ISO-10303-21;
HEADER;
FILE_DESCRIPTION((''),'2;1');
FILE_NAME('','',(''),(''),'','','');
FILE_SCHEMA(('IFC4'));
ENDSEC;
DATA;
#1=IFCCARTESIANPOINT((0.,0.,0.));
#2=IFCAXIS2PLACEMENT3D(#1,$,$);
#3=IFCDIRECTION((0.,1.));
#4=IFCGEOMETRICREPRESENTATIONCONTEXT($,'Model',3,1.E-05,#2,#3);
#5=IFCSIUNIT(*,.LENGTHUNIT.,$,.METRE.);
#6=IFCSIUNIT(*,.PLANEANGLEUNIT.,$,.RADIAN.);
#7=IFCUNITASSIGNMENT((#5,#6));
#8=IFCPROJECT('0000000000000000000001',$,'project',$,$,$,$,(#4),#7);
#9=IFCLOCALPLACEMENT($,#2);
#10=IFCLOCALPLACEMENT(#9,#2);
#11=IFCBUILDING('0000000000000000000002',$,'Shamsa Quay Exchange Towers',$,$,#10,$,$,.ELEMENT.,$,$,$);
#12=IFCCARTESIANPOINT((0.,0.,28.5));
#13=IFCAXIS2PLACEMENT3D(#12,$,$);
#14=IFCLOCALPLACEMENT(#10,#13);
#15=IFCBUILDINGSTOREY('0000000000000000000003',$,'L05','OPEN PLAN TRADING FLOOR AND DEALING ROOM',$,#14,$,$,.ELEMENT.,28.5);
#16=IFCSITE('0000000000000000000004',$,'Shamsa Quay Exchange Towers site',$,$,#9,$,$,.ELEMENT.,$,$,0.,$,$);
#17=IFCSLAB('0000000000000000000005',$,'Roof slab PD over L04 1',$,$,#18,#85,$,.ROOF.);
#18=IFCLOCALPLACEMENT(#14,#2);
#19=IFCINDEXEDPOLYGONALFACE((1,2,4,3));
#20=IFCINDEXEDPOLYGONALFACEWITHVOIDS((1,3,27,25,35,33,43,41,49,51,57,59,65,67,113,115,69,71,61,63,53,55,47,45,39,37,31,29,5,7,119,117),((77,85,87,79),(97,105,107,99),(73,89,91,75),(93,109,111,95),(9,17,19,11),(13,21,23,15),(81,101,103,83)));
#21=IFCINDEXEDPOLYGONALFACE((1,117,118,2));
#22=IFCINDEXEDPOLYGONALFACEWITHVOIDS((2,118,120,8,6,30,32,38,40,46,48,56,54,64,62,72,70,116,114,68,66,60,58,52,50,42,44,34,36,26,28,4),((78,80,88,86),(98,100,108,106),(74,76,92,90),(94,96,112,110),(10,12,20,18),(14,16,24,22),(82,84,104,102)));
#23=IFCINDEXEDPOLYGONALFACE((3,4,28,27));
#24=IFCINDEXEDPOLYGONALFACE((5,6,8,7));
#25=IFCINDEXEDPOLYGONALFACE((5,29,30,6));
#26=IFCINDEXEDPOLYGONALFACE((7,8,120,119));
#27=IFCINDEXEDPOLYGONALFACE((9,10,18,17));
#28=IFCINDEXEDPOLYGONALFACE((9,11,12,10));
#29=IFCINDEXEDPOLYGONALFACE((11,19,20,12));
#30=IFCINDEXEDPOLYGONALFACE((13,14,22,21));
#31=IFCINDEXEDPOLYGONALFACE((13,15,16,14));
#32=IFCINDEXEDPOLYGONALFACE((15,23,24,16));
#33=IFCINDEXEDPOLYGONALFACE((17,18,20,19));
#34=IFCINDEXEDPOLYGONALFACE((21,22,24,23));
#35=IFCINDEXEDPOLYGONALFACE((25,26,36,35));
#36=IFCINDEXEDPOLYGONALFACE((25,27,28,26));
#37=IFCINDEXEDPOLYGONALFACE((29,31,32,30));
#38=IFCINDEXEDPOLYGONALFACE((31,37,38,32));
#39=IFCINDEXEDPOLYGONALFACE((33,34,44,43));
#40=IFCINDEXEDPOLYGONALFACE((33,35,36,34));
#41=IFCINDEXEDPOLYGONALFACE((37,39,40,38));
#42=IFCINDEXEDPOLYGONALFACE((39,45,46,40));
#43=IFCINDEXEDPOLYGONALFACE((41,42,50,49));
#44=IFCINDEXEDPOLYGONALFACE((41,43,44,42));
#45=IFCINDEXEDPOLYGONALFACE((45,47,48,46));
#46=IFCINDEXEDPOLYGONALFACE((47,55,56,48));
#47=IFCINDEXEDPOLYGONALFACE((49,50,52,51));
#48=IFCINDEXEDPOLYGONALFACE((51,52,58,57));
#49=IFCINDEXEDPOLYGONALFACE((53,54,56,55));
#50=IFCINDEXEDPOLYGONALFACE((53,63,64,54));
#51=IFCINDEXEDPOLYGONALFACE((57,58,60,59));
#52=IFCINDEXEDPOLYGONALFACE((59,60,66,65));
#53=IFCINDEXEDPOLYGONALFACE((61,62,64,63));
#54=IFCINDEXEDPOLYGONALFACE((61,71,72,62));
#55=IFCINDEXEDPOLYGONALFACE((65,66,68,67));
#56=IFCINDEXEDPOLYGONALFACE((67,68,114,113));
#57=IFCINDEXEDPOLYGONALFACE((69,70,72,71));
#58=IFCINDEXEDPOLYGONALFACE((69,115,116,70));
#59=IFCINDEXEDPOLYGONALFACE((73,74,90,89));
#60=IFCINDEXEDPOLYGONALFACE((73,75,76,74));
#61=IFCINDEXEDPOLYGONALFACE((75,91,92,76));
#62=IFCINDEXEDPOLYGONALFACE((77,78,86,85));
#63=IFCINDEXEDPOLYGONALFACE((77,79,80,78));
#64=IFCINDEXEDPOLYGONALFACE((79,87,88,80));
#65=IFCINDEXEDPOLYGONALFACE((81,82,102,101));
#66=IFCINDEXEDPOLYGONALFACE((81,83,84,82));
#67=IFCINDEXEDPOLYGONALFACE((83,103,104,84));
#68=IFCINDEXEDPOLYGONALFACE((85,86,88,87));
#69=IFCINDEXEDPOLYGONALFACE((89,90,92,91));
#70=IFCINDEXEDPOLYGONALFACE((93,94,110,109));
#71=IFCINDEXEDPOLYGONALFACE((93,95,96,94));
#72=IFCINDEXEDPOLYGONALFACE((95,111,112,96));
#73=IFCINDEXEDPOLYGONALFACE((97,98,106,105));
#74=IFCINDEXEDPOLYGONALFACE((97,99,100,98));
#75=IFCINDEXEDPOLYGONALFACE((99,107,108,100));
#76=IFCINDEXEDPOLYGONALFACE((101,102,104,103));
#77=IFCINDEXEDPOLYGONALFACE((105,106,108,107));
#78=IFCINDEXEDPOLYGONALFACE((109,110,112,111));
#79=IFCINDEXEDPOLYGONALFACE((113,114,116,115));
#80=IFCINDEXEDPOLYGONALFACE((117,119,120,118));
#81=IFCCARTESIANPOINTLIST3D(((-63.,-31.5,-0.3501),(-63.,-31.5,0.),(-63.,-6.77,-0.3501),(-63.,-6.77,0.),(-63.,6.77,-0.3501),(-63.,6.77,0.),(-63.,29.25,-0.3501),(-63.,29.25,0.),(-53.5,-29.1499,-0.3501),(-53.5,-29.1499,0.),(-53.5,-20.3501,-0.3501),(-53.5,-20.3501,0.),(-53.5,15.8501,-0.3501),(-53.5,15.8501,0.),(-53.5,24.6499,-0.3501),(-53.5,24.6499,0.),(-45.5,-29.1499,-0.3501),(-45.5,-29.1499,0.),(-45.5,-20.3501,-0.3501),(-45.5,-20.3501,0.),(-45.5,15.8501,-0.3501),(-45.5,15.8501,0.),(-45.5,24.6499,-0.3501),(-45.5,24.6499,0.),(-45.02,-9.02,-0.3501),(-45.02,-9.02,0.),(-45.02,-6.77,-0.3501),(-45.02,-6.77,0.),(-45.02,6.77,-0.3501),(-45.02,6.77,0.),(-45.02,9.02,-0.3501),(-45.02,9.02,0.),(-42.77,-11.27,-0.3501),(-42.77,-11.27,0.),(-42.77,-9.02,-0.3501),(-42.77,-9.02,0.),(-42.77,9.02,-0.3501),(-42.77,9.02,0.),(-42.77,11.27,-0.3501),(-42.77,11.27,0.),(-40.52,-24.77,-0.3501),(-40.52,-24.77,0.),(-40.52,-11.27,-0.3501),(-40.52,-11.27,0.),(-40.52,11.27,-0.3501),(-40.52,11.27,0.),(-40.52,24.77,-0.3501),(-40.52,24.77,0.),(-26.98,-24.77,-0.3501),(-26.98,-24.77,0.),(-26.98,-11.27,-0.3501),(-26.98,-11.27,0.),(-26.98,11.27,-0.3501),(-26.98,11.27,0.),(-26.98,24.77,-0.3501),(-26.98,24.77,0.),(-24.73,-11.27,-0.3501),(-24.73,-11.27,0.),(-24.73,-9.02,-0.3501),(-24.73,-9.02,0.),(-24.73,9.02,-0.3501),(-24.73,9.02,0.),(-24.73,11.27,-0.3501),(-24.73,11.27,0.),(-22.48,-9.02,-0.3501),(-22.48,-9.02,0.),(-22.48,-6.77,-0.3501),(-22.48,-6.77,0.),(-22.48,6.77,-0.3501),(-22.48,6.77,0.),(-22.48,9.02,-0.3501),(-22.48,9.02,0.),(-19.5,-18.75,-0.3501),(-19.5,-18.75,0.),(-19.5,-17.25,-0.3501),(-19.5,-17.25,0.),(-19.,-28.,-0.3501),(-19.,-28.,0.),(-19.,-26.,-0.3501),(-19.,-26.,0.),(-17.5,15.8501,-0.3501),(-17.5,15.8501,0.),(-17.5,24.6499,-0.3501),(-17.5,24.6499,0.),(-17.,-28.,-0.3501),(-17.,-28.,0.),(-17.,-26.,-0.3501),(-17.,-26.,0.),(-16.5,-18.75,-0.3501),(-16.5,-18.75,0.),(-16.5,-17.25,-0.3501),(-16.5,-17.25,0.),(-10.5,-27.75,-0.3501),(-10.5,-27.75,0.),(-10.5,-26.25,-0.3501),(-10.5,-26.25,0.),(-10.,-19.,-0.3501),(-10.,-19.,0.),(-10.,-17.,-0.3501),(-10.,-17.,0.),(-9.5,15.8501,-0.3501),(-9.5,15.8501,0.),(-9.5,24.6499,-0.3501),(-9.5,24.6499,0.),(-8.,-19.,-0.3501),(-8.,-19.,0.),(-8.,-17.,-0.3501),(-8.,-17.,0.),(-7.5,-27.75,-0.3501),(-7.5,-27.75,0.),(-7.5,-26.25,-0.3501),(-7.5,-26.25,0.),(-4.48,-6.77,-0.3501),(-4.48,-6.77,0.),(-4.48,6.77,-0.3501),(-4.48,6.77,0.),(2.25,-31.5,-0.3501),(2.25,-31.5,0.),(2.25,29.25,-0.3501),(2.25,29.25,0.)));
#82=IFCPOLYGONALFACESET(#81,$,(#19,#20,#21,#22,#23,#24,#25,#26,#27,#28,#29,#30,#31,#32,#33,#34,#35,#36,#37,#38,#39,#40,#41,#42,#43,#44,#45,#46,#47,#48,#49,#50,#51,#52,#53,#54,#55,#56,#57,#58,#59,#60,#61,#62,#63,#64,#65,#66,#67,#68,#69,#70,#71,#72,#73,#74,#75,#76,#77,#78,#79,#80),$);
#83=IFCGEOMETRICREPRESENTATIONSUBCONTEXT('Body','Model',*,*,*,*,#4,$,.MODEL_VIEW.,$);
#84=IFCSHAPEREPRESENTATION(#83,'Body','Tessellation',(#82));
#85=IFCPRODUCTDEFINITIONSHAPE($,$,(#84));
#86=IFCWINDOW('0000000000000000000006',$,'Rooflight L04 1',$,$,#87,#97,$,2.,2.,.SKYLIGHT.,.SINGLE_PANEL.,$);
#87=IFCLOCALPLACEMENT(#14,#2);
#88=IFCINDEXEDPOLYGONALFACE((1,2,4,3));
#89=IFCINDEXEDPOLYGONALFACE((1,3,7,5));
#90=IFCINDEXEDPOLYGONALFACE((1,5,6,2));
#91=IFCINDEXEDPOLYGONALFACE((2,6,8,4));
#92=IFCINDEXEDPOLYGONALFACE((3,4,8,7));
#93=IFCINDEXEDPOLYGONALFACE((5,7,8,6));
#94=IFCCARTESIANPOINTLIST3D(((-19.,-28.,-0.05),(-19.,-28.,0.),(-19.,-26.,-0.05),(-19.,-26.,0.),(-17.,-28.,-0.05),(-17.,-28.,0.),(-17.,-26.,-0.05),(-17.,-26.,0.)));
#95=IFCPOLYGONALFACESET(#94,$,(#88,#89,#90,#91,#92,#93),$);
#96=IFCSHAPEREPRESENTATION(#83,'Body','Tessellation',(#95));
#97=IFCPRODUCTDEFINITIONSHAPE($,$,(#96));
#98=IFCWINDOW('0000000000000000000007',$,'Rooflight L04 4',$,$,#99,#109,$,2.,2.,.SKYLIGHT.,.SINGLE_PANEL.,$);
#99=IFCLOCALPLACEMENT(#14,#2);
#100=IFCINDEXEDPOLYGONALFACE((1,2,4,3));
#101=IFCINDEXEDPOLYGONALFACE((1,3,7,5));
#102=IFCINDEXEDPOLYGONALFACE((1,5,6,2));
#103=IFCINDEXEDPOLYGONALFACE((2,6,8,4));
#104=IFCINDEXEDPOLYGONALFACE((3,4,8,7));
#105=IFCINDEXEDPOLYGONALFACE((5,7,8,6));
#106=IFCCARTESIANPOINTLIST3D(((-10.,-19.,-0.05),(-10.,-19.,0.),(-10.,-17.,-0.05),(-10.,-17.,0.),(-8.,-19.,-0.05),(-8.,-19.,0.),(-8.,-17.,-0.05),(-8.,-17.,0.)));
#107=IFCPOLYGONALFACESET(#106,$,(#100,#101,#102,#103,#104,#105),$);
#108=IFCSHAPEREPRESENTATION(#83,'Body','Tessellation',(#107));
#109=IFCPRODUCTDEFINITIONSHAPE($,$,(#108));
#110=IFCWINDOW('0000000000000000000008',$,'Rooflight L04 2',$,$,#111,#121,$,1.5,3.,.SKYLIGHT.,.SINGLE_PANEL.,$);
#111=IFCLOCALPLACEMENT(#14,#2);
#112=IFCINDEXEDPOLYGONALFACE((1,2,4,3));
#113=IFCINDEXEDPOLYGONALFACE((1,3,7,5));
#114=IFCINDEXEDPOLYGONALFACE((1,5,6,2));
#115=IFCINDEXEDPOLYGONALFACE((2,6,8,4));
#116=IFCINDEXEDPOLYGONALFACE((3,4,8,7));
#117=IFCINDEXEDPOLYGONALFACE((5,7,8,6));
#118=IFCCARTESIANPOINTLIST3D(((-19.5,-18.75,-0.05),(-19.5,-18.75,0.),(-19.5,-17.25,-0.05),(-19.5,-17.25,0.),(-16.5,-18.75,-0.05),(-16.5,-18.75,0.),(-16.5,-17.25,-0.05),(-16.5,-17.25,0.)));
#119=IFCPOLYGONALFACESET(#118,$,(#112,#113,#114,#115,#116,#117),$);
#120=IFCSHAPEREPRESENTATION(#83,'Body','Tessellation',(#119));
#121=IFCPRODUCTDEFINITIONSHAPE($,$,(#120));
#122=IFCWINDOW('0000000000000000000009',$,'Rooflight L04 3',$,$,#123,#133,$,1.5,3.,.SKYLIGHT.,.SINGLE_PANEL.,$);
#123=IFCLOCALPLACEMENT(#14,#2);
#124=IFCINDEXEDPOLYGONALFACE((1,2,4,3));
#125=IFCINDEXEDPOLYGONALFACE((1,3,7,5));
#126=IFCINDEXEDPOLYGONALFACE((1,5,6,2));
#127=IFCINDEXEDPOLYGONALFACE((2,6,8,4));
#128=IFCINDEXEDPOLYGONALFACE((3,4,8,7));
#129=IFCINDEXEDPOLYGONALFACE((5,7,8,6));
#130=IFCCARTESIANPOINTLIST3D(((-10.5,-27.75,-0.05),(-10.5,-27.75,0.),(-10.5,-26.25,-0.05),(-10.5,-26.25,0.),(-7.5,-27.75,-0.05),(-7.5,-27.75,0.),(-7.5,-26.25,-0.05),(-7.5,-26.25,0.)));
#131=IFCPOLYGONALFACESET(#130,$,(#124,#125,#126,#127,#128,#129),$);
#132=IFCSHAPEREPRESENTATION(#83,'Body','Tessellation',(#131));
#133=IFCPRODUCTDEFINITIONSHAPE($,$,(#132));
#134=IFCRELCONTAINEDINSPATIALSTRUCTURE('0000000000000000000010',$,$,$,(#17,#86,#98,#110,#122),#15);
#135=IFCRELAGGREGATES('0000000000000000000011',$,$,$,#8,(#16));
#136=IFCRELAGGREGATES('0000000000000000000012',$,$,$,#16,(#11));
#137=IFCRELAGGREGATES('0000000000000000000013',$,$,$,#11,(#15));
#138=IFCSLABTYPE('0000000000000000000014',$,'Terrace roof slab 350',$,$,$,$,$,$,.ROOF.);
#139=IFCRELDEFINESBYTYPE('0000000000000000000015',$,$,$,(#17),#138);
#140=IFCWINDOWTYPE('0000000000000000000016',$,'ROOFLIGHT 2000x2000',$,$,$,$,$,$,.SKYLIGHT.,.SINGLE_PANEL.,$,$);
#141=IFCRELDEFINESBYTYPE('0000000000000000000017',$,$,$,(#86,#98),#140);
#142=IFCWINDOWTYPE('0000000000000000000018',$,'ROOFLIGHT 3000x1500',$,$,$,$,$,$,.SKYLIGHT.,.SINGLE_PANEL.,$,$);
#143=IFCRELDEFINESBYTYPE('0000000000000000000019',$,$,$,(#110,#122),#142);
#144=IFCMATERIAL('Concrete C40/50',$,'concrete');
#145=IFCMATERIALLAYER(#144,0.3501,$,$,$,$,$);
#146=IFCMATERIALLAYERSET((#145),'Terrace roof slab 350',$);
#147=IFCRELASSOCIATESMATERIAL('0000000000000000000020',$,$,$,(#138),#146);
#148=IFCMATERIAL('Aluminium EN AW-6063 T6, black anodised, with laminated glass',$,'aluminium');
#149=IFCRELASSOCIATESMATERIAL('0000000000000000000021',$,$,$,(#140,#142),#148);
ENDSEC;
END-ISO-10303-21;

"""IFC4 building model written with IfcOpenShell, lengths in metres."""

from ifc_helpers import new_model, si_unit, direction, frame, origin, origin_2d, place, context, subcontext, project, spatial, polyline, rectangle, outline, extrude, material, layer, layer_set, type_object, element, fill, save


model = new_model("IFC4")

# Units and contexts
model_context = context("Model", 3, precision=1e-05, world=origin(), true_north=direction((0.0, 1.0)))
body_context = subcontext(model_context, "Body", "Model", "MODEL_VIEW")
ifc_project = project(units=[si_unit("LENGTHUNIT", "METRE"), si_unit("PLANEANGLEUNIT", "RADIAN")], contexts=[model_context])

# Site, building, storey
site_placement = place(None, origin())
site = spatial("IfcSite", under=ifc_project, at=site_placement, Name="Shamsa Quay Exchange Towers site", CompositionType="ELEMENT", RefElevation=0.0)
building_placement = place(site_placement, origin())
building = spatial("IfcBuilding", under=site, at=building_placement, Name="Shamsa Quay Exchange Towers", CompositionType="ELEMENT")
storey_placement = place(building_placement, frame((0.0, 0.0, 28.5)))
storey = spatial("IfcBuildingStorey", under=building, at=storey_placement, Name="L05", Description="OPEN PLAN TRADING FLOOR AND DEALING ROOM", CompositionType="ELEMENT", Elevation=28.5)

# Shared definitions
ifc_material_1 = material(Name="Concrete C40/50", Category="concrete")

# Slab, openings, windows
ifc_layer_1 = layer(ifc_material_1, 0.3501)
ifc_layer_set_1 = layer_set([ifc_layer_1], Name="Terrace roof slab 350")
slab_type_1 = type_object("IfcSlabType", Name="Terrace roof slab 350", PredefinedType="ROOF", material=ifc_layer_set_1)
slab_1_placement = place(storey_placement, frame((0.0, 0.0, -0.3501)))
slab_1 = element("IfcSlab", 1, at=slab_1_placement, inside=storey, type_object=slab_type_1, Name="Roof slab PD over L04 1", PredefinedType="ROOF", context=body_context, shape_type="SweptSolid", body=[
    extrude(outline(polyline([(-63.0, -6.77), (-63.0, -31.5), (2.25, -31.5), (2.25, 29.25), (-63.0, 29.25), (-63.0, 6.77), (-45.02, 6.77), (-45.02, 9.02), (-42.77, 9.02), (-42.77, 11.27), (-40.52, 11.27), (-40.52, 24.77), (-26.98, 24.77), (-26.98, 11.27), (-24.73, 11.27), (-24.73, 9.02), (-22.48, 9.02), (-22.48, 6.77), (-4.48, 6.77), (-4.48, -6.77), (-22.48, -6.77), (-22.48, -9.02), (-24.73, -9.02), (-24.73, -11.27), (-26.98, -11.27), (-26.98, -24.77), (-40.52, -24.77), (-40.52, -11.27), (-42.77, -11.27), (-42.77, -9.02), (-45.02, -9.02), (-45.02, -6.77), (-63.0, -6.77)]), holes=[polyline([(-45.5, -29.1499), (-45.5, -20.3501), (-53.5, -20.3501), (-53.5, -29.1499), (-45.5, -29.1499)]), polyline([(-53.5, 15.8501), (-45.5, 15.8501), (-45.5, 24.6499), (-53.5, 24.6499), (-53.5, 15.8501)]), polyline([(-9.5, 15.8501), (-9.5, 24.6499), (-17.5, 24.6499), (-17.5, 15.8501), (-9.5, 15.8501)])]), origin(), (0.0, 0.0, 1.0), 0.3501),
])
opening_1_placement = place(slab_1_placement, frame((-18.0, -27.0, 0.0)))
opening_1 = element("IfcOpeningElement", 2, at=opening_1_placement, cuts=slab_1, PredefinedType="OPENING", context=body_context, shape_type="SweptSolid", body=[
    extrude(rectangle(XDim=2.0, YDim=2.0, at=origin_2d()), origin(), (0.0, 0.0, 1.0), 0.3501),
])
opening_2_placement = place(slab_1_placement, frame((-18.0, -18.0, 0.0)))
opening_2 = element("IfcOpeningElement", 3, at=opening_2_placement, cuts=slab_1, PredefinedType="OPENING", context=body_context, shape_type="SweptSolid", body=[
    extrude(rectangle(XDim=3.0, YDim=1.5, at=origin_2d()), origin(), (0.0, 0.0, 1.0), 0.3501),
])
opening_3_placement = place(slab_1_placement, frame((-9.0, -27.0, 0.0)))
opening_3 = element("IfcOpeningElement", 4, at=opening_3_placement, cuts=slab_1, PredefinedType="OPENING", context=body_context, shape_type="SweptSolid", body=[
    extrude(rectangle(XDim=3.0, YDim=1.5, at=origin_2d()), origin(), (0.0, 0.0, 1.0), 0.3501),
])
opening_4_placement = place(slab_1_placement, frame((-9.0, -18.0, 0.0)))
opening_4 = element("IfcOpeningElement", 5, at=opening_4_placement, cuts=slab_1, PredefinedType="OPENING", context=body_context, shape_type="SweptSolid", body=[
    extrude(rectangle(XDim=2.0, YDim=2.0, at=origin_2d()), origin(), (0.0, 0.0, 1.0), 0.3501),
])
ifc_material_2 = material(Name="Aluminium EN AW-6063 T6, black anodised, with laminated glass", Category="aluminium")
window_type_1 = type_object("IfcWindowType", Name="ROOFLIGHT 2000x2000", PartitioningType="SINGLE_PANEL", PredefinedType="SKYLIGHT", material=ifc_material_2)
window_1_placement = place(opening_1_placement, frame((0.0, 0.0, 0.3)))
window_1 = element("IfcWindow", 6, at=window_1_placement, inside=storey, type_object=window_type_1, Name="Rooflight L04 1", OverallHeight=2.0, OverallWidth=2.0, PartitioningType="SINGLE_PANEL", PredefinedType="SKYLIGHT", context=body_context, shape_type="SweptSolid", body=[
    extrude(rectangle(XDim=2.0, YDim=2.0, at=origin_2d()), origin(), (0.0, 0.0, 1.0), 0.05),
])
fill(opening_1, window_1)
window_2_placement = place(opening_4_placement, frame((0.0, 0.0, 0.3)))
window_2 = element("IfcWindow", 7, at=window_2_placement, inside=storey, type_object=window_type_1, Name="Rooflight L04 4", OverallHeight=2.0, OverallWidth=2.0, PartitioningType="SINGLE_PANEL", PredefinedType="SKYLIGHT", context=body_context, shape_type="SweptSolid", body=[
    extrude(rectangle(XDim=2.0, YDim=2.0, at=origin_2d()), origin(), (0.0, 0.0, 1.0), 0.05),
])
fill(opening_4, window_2)
window_type_2 = type_object("IfcWindowType", Name="ROOFLIGHT 3000x1500", PartitioningType="SINGLE_PANEL", PredefinedType="SKYLIGHT", material=ifc_material_2)
window_3_placement = place(opening_2_placement, frame((0.0, 0.0, 0.3)))
window_3 = element("IfcWindow", 8, at=window_3_placement, inside=storey, type_object=window_type_2, Name="Rooflight L04 2", OverallHeight=1.5, OverallWidth=3.0, PartitioningType="SINGLE_PANEL", PredefinedType="SKYLIGHT", context=body_context, shape_type="SweptSolid", body=[
    extrude(rectangle(XDim=3.0, YDim=1.5, at=origin_2d()), origin(), (0.0, 0.0, 1.0), 0.05),
])
fill(opening_2, window_3)
window_4_placement = place(opening_3_placement, frame((0.0, 0.0, 0.3)))
window_4 = element("IfcWindow", 9, at=window_4_placement, inside=storey, type_object=window_type_2, Name="Rooflight L04 3", OverallHeight=1.5, OverallWidth=3.0, PartitioningType="SINGLE_PANEL", PredefinedType="SKYLIGHT", context=body_context, shape_type="SweptSolid", body=[
    extrude(rectangle(XDim=3.0, YDim=1.5, at=origin_2d()), origin(), (0.0, 0.0, 1.0), 0.05),
])
fill(opening_3, window_4)

save(model, "model.ifc")
